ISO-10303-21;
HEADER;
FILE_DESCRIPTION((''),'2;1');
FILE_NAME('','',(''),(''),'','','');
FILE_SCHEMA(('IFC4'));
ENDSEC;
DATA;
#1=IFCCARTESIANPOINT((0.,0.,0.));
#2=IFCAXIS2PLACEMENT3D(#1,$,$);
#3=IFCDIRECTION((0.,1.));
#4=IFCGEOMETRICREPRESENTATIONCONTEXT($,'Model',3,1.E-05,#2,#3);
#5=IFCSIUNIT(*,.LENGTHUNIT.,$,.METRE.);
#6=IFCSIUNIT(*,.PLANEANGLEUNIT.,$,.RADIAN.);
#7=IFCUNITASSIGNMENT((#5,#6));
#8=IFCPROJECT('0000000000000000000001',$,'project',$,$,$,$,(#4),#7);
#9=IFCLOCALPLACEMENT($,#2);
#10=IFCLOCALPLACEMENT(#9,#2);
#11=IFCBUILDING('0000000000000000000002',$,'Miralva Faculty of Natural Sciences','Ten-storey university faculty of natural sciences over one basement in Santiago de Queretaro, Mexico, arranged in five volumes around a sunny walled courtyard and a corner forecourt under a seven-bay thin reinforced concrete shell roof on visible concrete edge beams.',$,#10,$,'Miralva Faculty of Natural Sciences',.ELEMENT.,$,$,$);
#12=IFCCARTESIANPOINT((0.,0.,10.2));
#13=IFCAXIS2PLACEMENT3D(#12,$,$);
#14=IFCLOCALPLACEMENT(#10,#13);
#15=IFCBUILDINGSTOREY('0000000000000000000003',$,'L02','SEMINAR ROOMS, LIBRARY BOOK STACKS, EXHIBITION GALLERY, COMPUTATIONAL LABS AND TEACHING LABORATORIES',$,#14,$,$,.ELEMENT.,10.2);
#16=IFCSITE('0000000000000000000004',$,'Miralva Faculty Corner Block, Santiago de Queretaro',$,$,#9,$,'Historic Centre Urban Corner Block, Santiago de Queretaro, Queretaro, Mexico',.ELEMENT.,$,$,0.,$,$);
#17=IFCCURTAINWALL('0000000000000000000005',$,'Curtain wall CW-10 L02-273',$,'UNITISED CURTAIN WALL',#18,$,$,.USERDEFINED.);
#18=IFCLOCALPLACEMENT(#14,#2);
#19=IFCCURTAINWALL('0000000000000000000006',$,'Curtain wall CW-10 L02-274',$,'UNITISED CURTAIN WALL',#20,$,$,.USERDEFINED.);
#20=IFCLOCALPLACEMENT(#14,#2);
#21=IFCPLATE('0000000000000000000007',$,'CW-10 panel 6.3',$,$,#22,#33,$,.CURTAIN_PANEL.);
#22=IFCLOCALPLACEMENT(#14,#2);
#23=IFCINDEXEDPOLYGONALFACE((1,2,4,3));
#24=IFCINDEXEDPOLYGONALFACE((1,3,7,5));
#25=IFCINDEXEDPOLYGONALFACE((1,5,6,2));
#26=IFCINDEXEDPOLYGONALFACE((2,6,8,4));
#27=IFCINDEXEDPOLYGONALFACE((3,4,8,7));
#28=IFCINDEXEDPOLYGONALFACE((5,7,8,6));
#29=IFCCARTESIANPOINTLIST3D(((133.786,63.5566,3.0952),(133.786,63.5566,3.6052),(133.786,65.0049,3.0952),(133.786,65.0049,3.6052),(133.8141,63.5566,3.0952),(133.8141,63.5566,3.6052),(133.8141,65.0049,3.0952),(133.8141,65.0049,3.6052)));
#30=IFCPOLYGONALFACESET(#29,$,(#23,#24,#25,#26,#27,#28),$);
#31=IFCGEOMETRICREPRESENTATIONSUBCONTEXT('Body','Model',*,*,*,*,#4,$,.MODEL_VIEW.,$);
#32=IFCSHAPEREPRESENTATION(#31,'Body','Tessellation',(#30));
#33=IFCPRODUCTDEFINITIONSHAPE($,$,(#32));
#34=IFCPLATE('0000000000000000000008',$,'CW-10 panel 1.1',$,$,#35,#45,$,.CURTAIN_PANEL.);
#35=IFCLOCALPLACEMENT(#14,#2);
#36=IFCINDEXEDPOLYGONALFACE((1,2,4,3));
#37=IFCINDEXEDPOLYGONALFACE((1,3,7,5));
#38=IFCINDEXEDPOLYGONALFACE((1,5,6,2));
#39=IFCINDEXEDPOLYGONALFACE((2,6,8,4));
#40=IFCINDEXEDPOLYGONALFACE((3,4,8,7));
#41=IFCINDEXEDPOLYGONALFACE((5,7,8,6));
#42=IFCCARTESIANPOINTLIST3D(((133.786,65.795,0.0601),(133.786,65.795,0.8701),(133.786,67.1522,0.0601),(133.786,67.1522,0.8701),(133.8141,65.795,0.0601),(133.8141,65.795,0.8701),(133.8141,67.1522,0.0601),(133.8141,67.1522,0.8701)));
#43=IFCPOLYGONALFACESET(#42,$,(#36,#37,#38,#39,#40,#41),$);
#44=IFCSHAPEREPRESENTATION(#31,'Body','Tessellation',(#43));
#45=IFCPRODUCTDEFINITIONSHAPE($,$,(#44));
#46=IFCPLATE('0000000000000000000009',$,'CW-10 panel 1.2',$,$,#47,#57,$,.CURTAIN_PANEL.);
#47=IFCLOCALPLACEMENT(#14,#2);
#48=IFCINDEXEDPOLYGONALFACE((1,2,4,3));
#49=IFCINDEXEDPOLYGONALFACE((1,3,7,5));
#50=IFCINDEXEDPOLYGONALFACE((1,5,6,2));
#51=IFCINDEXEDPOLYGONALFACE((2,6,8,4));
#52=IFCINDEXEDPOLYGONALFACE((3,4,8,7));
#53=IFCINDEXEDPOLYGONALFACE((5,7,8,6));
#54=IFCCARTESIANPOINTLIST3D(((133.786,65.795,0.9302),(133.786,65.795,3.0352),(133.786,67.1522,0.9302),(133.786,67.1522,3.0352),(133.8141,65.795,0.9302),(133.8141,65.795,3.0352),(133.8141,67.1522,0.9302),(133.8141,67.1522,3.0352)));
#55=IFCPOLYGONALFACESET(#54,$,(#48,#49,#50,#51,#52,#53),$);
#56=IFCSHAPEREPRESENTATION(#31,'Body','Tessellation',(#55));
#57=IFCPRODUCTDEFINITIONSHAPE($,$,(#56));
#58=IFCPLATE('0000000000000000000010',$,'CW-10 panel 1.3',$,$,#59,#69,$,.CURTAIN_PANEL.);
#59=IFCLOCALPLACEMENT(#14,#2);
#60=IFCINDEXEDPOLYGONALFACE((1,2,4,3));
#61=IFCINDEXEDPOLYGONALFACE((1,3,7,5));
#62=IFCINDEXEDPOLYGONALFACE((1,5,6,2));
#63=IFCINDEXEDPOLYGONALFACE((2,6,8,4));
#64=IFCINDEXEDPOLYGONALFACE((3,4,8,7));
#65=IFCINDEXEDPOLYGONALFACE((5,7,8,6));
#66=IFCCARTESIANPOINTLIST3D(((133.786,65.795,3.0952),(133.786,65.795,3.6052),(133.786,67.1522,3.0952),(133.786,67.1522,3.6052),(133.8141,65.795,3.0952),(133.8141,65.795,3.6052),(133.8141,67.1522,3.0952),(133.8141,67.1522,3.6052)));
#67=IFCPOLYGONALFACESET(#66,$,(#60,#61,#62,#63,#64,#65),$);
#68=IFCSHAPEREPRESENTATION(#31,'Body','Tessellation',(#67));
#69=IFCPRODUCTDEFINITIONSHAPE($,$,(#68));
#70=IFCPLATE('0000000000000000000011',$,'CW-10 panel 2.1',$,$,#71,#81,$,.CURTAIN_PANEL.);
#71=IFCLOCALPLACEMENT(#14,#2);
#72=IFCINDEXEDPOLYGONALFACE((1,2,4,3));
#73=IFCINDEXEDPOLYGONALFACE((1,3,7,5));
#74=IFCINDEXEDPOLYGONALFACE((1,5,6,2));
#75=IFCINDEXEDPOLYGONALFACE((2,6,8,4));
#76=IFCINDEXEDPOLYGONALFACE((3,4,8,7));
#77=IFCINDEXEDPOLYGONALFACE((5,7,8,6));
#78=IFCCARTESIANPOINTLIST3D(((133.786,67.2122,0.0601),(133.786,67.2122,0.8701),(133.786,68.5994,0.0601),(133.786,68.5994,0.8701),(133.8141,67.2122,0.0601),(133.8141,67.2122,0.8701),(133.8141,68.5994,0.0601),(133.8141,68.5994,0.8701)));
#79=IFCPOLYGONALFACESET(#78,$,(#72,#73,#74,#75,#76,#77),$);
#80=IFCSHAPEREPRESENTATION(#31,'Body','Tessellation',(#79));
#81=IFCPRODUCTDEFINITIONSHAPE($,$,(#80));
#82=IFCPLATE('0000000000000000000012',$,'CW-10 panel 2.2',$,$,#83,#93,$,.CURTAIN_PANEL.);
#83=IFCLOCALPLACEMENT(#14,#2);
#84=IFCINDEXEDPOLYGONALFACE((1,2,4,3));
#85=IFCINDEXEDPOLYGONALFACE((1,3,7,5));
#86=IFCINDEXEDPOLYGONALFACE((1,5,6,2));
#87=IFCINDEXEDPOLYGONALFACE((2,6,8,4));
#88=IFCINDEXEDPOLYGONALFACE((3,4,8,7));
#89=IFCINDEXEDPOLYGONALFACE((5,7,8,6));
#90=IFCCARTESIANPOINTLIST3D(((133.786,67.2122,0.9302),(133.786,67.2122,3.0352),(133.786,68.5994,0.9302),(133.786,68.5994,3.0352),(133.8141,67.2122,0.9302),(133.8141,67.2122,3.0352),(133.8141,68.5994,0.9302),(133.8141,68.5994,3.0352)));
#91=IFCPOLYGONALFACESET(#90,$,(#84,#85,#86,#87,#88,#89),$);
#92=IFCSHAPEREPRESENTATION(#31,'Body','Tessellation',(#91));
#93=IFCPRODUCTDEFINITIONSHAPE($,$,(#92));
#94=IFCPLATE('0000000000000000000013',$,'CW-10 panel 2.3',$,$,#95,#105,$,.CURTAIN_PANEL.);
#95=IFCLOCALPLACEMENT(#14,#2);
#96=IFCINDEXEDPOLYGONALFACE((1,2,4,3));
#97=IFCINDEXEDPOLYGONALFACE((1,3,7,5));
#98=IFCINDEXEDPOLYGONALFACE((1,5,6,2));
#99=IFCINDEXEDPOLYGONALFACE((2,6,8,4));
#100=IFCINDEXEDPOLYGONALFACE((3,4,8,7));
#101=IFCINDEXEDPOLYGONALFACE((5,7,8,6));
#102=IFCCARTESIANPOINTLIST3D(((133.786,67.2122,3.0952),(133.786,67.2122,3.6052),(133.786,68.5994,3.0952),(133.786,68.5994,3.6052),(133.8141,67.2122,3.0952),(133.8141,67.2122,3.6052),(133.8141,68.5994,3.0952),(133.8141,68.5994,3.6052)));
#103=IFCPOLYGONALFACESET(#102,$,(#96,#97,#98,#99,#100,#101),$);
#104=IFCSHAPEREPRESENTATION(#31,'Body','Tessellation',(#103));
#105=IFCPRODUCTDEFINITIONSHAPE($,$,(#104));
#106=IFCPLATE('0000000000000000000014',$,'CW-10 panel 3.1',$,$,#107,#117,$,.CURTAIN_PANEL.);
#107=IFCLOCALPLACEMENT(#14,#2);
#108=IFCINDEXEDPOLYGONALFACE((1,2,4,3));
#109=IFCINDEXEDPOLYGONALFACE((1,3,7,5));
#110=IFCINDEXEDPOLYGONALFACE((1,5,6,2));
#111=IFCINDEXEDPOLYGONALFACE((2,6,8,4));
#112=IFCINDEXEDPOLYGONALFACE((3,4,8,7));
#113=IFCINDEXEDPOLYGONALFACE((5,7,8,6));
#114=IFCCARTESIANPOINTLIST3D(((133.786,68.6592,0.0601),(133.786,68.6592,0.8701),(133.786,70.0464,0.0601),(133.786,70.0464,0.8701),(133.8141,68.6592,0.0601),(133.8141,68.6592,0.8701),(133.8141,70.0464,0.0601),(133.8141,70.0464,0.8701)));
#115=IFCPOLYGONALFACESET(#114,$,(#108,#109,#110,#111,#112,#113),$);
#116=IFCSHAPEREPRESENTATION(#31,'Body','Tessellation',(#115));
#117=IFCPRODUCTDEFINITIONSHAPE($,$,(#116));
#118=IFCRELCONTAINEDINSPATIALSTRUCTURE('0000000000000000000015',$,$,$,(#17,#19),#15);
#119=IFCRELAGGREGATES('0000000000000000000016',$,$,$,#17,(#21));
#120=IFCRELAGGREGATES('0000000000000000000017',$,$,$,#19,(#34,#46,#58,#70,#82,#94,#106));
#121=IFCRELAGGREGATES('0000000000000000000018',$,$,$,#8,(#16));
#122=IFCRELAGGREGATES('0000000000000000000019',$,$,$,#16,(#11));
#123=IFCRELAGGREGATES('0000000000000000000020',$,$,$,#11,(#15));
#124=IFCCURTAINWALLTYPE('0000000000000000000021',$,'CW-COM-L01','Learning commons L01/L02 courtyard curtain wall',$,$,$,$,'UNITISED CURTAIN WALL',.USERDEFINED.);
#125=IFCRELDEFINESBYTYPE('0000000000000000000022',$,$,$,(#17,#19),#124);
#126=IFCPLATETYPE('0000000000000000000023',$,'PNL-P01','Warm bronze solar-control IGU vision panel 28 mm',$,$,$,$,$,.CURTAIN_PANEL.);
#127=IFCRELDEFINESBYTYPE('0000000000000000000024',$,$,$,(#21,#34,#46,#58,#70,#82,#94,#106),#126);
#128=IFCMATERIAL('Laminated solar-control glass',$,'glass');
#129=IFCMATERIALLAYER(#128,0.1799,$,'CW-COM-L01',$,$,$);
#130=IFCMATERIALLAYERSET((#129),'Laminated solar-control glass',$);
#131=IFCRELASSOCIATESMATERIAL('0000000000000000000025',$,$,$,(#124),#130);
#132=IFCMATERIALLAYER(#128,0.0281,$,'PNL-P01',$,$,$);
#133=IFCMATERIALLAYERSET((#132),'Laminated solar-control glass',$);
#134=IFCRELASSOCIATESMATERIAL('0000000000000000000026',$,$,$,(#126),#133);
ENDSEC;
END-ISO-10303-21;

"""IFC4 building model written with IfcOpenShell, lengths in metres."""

from ifc_helpers import new_model, si_unit, direction, frame, origin, origin_2d, place, context, subcontext, project, spatial, rectangle, extrude, material, layer, layer_set, type_object, element, aggregate, save


model = new_model("IFC4")

# Units and contexts
model_context = context("Model", 3, precision=1e-05, world=origin(), true_north=direction((0.0, 1.0)))
body_context = subcontext(model_context, "Body", "Model", "MODEL_VIEW")
ifc_project = project(units=[si_unit("LENGTHUNIT", "METRE"), si_unit("PLANEANGLEUNIT", "RADIAN")], contexts=[model_context])

# Site, building, storey
site_placement = place(None, origin())
site = spatial("IfcSite", under=ifc_project, at=site_placement, Name="Miralva Faculty Corner Block, Santiago de Queretaro", LongName="Historic Centre Urban Corner Block, Santiago de Queretaro, Queretaro, Mexico", CompositionType="ELEMENT", RefElevation=0.0)
building_placement = place(site_placement, origin())
building = spatial("IfcBuilding", under=site, at=building_placement, Name="Miralva Faculty of Natural Sciences", Description="Ten-storey university faculty of natural sciences over one basement in Santiago de Queretaro, Mexico, arranged in five volumes around a sunny walled courtyard and a corner forecourt under a seven-bay thin reinforced concrete shell roof on visible concrete edge beams.", LongName="Miralva Faculty of Natural Sciences", CompositionType="ELEMENT")
storey_placement = place(building_placement, frame((0.0, 0.0, 10.2)))
storey = spatial("IfcBuildingStorey", under=building, at=storey_placement, Name="L02", Description="SEMINAR ROOMS, LIBRARY BOOK STACKS, EXHIBITION GALLERY, COMPUTATIONAL LABS AND TEACHING LABORATORIES", CompositionType="ELEMENT", Elevation=10.2)

# Curtain walls
ifc_material_1 = material(Name="Laminated solar-control glass", Category="glass")
ifc_layer_1 = layer(ifc_material_1, 0.1799, Name="CW-COM-L01")
ifc_layer_set_1 = layer_set([ifc_layer_1], Name="Laminated solar-control glass")
curtain_wall_type = type_object("IfcCurtainWallType", Name="CW-COM-L01", Description="Learning commons L01/L02 courtyard curtain wall", ElementType="UNITISED CURTAIN WALL", PredefinedType="USERDEFINED", material=ifc_layer_set_1)
curtain_wall_1_placement = place(storey_placement, origin())
curtain_wall_1 = element("IfcCurtainWall", 1, at=curtain_wall_1_placement, inside=storey, type_object=curtain_wall_type, Name="Curtain wall CW-10 L02-273", ObjectType="UNITISED CURTAIN WALL", PredefinedType="USERDEFINED")
curtain_wall_2_placement = place(storey_placement, origin())
curtain_wall_2 = element("IfcCurtainWall", 2, at=curtain_wall_2_placement, inside=storey, type_object=curtain_wall_type, Name="Curtain wall CW-10 L02-274", ObjectType="UNITISED CURTAIN WALL", PredefinedType="USERDEFINED")

# Plates
ifc_layer_2 = layer(ifc_material_1, 0.0281, Name="PNL-P01")
ifc_layer_set_2 = layer_set([ifc_layer_2], Name="Laminated solar-control glass")
plate_type = type_object("IfcPlateType", Name="PNL-P01", Description="Warm bronze solar-control IGU vision panel 28 mm", PredefinedType="CURTAIN_PANEL", material=ifc_layer_set_2)
plate_1_placement = place(storey_placement, frame((133.8, 64.2808, 3.0952), z_axis=(0.0, 0.0, 1.0), x_axis=(0.0, 1.0, 0.0)))
plate_1 = element("IfcPlate", 3, at=plate_1_placement, type_object=plate_type, Name="CW-10 panel 6.3", PredefinedType="CURTAIN_PANEL", context=body_context, shape_type="SweptSolid", body=[
    extrude(rectangle(XDim=1.4482, YDim=0.0281, at=origin_2d()), origin(), (0.0, 0.0, 1.0), 0.51),
])
aggregate(curtain_wall_1, [plate_1])
plate_2_placement = place(storey_placement, frame((133.8, 66.4736, 0.0601), z_axis=(0.0, 0.0, 1.0), x_axis=(0.0, 1.0, 0.0)))
plate_2 = element("IfcPlate", 4, at=plate_2_placement, type_object=plate_type, Name="CW-10 panel 1.1", PredefinedType="CURTAIN_PANEL", context=body_context, shape_type="SweptSolid", body=[
    extrude(rectangle(XDim=1.3572, YDim=0.0281, at=origin_2d()), origin(), (0.0, 0.0, 1.0), 0.8101),
])
plate_3_placement = place(storey_placement, frame((133.8, 66.4736, 0.9302), z_axis=(0.0, 0.0, 1.0), x_axis=(0.0, 1.0, 0.0)))
plate_3 = element("IfcPlate", 5, at=plate_3_placement, type_object=plate_type, Name="CW-10 panel 1.2", PredefinedType="CURTAIN_PANEL", context=body_context, shape_type="SweptSolid", body=[
    extrude(rectangle(XDim=1.3572, YDim=0.0281, at=origin_2d()), origin(), (0.0, 0.0, 1.0), 2.105),
])
plate_4_placement = place(storey_placement, frame((133.8, 66.4736, 3.0952), z_axis=(0.0, 0.0, 1.0), x_axis=(0.0, 1.0, 0.0)))
plate_4 = element("IfcPlate", 6, at=plate_4_placement, type_object=plate_type, Name="CW-10 panel 1.3", PredefinedType="CURTAIN_PANEL", context=body_context, shape_type="SweptSolid", body=[
    extrude(rectangle(XDim=1.3572, YDim=0.0281, at=origin_2d()), origin(), (0.0, 0.0, 1.0), 0.51),
])
plate_5_placement = place(storey_placement, frame((133.8, 67.9058, 0.0601), z_axis=(0.0, 0.0, 1.0), x_axis=(0.0, 1.0, 0.0)))
plate_5 = element("IfcPlate", 7, at=plate_5_placement, type_object=plate_type, Name="CW-10 panel 2.1", PredefinedType="CURTAIN_PANEL", context=body_context, shape_type="SweptSolid", body=[
    extrude(rectangle(XDim=1.3872, YDim=0.0281, at=origin_2d()), origin(), (0.0, 0.0, 1.0), 0.8101),
])
plate_6_placement = place(storey_placement, frame((133.8, 67.9058, 0.9302), z_axis=(0.0, 0.0, 1.0), x_axis=(0.0, 1.0, 0.0)))
plate_6 = element("IfcPlate", 8, at=plate_6_placement, type_object=plate_type, Name="CW-10 panel 2.2", PredefinedType="CURTAIN_PANEL", context=body_context, shape_type="SweptSolid", body=[
    extrude(rectangle(XDim=1.3872, YDim=0.0281, at=origin_2d()), origin(), (0.0, 0.0, 1.0), 2.105),
])
plate_7_placement = place(storey_placement, frame((133.8, 67.9058, 3.0952), z_axis=(0.0, 0.0, 1.0), x_axis=(0.0, 1.0, 0.0)))
plate_7 = element("IfcPlate", 9, at=plate_7_placement, type_object=plate_type, Name="CW-10 panel 2.3", PredefinedType="CURTAIN_PANEL", context=body_context, shape_type="SweptSolid", body=[
    extrude(rectangle(XDim=1.3872, YDim=0.0281, at=origin_2d()), origin(), (0.0, 0.0, 1.0), 0.51),
])
plate_8_placement = place(storey_placement, frame((133.8, 69.3528, 0.0601), z_axis=(0.0, 0.0, 1.0), x_axis=(0.0, 1.0, 0.0)))
plate_8 = element("IfcPlate", 10, at=plate_8_placement, type_object=plate_type, Name="CW-10 panel 3.1", PredefinedType="CURTAIN_PANEL", context=body_context, shape_type="SweptSolid", body=[
    extrude(rectangle(XDim=1.3872, YDim=0.0281, at=origin_2d()), origin(), (0.0, 0.0, 1.0), 0.8101),
])
aggregate(curtain_wall_2, [plate_2, plate_3, plate_4, plate_5, plate_6, plate_7, plate_8])

save(model, "model.ifc")
